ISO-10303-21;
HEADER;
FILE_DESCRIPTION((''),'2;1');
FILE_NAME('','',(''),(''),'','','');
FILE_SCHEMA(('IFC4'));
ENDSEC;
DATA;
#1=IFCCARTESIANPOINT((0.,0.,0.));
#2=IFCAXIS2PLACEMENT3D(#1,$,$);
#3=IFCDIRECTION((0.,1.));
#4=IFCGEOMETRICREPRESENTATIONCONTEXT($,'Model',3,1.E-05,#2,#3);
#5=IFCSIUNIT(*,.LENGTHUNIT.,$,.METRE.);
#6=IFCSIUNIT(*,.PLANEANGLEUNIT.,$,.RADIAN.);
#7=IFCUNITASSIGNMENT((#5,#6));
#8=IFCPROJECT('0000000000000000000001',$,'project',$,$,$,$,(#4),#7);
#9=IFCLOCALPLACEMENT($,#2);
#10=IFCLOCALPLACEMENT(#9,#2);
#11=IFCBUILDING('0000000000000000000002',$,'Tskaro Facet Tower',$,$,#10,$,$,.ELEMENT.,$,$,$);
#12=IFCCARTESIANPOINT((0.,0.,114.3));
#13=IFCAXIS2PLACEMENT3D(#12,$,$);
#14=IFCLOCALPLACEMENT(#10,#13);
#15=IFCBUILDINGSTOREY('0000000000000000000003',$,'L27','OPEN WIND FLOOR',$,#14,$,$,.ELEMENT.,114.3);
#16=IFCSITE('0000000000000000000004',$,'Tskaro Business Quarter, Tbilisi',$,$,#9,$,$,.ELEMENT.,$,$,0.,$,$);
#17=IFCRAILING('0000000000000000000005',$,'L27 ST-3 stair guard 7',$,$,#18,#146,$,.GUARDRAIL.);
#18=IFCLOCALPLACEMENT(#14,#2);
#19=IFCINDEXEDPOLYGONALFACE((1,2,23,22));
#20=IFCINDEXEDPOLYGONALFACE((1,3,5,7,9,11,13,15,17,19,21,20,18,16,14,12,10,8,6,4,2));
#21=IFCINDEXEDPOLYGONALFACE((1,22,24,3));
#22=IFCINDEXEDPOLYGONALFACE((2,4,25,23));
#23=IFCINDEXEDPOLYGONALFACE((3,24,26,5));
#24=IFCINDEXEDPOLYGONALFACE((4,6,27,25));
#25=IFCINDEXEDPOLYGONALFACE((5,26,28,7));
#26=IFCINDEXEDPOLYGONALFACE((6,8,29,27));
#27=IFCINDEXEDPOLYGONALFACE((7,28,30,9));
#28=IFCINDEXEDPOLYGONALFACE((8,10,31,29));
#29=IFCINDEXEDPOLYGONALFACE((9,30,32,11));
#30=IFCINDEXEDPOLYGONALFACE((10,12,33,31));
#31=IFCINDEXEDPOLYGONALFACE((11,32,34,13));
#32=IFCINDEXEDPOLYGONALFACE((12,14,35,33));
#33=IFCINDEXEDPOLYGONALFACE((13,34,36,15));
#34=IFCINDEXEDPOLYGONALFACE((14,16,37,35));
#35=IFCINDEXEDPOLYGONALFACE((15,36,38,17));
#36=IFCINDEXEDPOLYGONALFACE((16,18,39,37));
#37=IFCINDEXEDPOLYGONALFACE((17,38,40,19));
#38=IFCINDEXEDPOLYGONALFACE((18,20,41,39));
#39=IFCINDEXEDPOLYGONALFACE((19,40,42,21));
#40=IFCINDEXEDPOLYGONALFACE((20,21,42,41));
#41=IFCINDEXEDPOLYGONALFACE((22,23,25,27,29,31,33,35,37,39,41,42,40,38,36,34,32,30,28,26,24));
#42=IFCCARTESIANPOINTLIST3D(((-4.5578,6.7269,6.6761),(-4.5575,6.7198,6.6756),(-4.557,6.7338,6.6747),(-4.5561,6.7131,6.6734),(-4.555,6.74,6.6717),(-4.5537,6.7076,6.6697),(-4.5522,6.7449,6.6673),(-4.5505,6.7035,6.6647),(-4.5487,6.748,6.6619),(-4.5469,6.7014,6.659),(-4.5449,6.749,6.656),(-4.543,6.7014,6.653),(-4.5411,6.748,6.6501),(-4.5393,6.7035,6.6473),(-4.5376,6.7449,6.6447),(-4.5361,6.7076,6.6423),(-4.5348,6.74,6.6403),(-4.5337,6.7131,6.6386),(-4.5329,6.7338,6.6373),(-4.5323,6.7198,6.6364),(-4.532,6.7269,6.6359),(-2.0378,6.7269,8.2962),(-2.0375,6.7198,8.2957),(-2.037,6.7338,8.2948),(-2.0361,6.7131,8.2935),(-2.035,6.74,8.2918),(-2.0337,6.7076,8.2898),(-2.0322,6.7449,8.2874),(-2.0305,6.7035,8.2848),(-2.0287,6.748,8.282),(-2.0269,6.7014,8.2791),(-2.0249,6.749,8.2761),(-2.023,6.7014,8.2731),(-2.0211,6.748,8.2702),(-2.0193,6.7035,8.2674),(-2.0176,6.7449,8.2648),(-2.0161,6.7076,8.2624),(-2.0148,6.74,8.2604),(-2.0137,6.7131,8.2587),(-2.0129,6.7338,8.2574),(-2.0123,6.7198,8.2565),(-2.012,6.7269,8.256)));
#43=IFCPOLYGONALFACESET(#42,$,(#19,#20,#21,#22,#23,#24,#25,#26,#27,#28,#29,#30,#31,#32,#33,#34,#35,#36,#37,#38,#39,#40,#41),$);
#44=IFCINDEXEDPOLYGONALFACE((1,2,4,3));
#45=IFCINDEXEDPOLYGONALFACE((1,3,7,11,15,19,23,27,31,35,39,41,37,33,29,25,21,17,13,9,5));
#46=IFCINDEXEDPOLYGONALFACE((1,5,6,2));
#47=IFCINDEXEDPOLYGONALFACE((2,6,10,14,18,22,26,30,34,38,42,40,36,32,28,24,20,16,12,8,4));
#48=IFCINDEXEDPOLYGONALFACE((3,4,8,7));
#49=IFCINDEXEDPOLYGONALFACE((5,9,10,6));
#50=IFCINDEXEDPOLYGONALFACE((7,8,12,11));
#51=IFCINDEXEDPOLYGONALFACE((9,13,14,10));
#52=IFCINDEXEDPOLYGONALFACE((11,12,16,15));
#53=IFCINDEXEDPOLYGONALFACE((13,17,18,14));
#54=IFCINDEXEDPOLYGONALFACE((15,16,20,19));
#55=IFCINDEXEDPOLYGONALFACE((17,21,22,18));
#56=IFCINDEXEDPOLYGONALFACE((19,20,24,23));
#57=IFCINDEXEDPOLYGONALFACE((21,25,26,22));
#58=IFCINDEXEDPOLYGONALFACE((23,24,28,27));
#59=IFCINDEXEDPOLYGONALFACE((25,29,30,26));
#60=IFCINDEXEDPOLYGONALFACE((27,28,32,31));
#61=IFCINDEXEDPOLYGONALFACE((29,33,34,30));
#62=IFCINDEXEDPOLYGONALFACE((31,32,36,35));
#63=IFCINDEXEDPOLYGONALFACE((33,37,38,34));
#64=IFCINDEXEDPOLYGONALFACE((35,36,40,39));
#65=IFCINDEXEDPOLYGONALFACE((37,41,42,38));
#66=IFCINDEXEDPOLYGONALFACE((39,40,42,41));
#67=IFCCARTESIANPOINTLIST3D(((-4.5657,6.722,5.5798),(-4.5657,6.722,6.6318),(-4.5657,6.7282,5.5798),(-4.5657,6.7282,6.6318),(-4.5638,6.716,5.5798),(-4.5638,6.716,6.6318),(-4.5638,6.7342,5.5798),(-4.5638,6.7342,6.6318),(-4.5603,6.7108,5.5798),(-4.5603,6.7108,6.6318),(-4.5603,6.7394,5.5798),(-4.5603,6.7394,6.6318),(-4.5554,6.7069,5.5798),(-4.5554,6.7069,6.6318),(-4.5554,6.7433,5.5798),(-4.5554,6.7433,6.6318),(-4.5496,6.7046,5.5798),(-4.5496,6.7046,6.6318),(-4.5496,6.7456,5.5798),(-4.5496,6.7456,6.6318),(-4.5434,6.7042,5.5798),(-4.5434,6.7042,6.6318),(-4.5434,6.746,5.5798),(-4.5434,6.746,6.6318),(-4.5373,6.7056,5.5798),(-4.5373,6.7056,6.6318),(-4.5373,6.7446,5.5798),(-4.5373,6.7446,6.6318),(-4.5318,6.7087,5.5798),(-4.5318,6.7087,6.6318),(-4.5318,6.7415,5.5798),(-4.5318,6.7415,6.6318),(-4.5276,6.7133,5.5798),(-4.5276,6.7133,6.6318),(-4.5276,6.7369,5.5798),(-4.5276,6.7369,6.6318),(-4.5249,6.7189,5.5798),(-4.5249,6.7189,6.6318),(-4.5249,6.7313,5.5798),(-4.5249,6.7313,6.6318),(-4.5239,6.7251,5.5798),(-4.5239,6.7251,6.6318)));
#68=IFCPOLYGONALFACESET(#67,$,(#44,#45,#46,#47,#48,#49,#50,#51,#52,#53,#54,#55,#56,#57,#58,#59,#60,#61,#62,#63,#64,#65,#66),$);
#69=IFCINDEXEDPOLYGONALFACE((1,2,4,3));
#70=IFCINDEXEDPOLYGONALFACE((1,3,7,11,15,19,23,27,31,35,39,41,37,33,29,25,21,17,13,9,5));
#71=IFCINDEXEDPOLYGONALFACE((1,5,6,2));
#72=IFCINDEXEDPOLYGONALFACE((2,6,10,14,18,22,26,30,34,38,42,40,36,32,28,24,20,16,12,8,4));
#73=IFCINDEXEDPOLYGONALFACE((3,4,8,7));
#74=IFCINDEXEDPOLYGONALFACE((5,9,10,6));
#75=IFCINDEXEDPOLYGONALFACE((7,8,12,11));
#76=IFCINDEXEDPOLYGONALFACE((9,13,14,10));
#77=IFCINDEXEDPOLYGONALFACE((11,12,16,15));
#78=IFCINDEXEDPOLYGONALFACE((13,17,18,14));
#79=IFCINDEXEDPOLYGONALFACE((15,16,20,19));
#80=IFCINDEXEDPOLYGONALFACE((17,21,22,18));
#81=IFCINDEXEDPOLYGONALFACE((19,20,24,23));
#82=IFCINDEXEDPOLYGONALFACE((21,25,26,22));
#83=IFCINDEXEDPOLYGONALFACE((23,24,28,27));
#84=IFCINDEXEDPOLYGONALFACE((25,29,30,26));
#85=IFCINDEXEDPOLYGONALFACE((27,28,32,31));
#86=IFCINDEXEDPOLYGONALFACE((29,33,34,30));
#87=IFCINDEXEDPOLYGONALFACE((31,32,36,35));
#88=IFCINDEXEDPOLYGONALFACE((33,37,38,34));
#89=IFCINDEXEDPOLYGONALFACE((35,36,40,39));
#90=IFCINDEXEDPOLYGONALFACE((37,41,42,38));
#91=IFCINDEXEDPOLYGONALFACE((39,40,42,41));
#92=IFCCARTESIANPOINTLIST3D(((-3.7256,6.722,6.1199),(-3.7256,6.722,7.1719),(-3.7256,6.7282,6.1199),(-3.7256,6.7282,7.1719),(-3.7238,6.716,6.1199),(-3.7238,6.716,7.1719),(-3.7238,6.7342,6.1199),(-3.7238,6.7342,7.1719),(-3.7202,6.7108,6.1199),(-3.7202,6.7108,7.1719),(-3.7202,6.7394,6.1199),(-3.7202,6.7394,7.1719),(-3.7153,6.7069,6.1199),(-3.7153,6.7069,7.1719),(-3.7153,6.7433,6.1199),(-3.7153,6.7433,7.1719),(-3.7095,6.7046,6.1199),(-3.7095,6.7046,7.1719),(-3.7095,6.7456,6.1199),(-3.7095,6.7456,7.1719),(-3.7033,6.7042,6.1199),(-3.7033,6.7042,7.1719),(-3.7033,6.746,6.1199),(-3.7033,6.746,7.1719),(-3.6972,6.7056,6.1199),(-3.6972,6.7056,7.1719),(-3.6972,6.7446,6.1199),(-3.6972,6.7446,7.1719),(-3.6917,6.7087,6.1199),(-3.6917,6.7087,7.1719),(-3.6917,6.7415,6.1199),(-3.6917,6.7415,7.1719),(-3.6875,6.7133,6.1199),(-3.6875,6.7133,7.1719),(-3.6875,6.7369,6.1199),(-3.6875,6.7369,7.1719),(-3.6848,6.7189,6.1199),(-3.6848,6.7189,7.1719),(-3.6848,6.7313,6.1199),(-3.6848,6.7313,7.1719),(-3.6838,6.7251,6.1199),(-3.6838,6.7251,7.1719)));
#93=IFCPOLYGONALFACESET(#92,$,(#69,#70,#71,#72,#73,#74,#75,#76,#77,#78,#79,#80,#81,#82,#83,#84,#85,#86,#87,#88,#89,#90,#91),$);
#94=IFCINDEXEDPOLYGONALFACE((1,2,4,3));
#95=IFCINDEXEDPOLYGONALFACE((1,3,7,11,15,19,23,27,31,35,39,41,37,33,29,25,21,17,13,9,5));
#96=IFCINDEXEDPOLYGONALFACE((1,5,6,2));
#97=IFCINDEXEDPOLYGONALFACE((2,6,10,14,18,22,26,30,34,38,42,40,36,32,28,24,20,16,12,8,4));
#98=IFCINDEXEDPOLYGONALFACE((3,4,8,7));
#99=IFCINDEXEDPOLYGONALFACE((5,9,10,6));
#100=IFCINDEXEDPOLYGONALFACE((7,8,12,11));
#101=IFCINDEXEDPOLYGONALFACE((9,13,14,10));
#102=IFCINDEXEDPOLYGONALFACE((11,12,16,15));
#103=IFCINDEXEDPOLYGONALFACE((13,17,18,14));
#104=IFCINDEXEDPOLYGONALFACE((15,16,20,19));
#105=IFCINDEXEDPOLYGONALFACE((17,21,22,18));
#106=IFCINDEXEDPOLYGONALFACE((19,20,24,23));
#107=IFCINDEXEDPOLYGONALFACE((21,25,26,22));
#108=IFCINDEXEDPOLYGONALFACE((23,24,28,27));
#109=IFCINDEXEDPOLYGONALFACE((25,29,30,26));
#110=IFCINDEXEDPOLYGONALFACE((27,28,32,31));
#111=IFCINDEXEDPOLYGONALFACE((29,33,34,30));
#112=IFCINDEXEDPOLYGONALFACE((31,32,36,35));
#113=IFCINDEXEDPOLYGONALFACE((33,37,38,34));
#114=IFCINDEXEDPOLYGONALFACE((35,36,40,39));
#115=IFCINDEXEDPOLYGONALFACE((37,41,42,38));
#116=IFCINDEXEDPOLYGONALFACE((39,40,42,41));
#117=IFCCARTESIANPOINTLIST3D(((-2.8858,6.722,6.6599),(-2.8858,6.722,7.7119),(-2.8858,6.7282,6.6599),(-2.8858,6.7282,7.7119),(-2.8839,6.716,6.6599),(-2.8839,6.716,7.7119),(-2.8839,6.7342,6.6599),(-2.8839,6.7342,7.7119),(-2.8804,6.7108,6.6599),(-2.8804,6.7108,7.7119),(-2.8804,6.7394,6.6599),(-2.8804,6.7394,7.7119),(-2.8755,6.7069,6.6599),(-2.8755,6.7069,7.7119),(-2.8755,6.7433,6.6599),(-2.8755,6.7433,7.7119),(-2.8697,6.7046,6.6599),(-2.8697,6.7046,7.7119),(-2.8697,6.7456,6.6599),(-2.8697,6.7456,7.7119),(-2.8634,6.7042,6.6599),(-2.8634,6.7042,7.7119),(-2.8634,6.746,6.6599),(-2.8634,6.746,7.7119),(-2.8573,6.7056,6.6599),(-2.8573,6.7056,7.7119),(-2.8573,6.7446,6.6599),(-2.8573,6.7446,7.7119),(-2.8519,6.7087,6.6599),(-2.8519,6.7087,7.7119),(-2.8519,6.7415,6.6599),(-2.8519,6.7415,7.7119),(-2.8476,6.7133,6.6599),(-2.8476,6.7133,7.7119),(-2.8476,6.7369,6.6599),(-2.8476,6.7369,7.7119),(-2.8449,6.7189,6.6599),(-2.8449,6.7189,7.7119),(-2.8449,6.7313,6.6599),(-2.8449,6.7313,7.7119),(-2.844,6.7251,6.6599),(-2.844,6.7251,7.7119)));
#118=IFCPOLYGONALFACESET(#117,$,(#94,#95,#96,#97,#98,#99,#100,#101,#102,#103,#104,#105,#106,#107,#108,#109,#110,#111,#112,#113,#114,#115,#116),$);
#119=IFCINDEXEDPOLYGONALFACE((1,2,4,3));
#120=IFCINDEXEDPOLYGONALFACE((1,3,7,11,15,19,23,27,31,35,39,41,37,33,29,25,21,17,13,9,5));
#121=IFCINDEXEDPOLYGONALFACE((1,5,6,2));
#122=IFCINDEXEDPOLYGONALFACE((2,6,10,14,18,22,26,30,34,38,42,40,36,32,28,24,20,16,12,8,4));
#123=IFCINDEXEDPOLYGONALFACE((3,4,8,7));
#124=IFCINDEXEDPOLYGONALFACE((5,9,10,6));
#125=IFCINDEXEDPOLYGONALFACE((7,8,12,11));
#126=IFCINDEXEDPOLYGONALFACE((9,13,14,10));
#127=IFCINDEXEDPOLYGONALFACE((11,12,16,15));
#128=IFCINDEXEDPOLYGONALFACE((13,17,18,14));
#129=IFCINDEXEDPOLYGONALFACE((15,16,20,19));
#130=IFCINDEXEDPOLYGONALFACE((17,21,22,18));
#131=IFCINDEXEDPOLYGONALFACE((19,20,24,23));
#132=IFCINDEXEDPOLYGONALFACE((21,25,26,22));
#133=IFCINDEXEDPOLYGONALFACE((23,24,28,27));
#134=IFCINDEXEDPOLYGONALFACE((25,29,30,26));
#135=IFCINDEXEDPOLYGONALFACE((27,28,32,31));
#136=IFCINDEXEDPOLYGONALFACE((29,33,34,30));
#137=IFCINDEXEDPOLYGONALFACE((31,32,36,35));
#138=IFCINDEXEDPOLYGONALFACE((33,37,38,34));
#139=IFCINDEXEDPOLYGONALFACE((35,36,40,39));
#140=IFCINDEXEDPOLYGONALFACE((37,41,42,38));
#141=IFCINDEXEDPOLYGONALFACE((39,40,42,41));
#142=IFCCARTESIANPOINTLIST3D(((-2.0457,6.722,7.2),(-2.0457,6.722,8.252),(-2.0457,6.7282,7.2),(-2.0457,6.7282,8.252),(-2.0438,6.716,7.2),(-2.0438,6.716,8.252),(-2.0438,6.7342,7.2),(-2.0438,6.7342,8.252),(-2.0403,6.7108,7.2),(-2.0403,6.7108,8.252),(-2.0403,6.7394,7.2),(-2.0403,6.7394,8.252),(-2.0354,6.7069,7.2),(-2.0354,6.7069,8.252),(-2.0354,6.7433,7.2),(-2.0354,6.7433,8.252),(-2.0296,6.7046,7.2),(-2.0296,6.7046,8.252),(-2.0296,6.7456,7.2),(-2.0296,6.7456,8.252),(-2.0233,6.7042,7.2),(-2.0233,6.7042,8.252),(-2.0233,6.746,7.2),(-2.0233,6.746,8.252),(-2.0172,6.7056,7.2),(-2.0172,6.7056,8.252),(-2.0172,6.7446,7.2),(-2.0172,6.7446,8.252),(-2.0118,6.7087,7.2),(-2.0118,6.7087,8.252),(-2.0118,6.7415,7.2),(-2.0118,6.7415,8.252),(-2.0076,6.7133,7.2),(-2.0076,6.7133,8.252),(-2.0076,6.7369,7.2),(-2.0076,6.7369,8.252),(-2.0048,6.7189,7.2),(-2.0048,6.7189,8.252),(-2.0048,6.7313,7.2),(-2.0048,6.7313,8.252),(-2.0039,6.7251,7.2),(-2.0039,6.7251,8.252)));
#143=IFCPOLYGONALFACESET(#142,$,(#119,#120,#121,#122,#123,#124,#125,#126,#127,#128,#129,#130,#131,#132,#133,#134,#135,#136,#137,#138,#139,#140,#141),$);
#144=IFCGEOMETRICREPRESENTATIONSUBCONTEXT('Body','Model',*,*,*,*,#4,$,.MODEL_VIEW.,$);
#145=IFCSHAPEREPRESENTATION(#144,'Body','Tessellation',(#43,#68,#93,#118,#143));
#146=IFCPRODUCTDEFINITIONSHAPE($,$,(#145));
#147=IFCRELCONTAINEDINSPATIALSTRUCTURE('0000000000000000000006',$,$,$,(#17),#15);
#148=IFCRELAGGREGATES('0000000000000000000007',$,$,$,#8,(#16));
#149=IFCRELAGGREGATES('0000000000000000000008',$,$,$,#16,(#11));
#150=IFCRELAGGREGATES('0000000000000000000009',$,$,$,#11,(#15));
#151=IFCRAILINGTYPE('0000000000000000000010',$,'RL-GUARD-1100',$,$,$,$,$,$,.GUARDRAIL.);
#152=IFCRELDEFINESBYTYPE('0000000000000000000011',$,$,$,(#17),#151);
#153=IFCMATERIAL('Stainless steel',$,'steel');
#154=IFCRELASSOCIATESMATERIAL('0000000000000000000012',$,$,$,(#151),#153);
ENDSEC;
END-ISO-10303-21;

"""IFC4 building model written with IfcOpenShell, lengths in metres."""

from ifc_helpers import new_model, si_unit, direction, frame, origin, origin_2d, place, context, subcontext, project, spatial, circle, extrude, material, type_object, element, save


model = new_model("IFC4")

# Units and contexts
model_context = context("Model", 3, precision=1e-05, world=origin(), true_north=direction((0.0, 1.0)))
body_context = subcontext(model_context, "Body", "Model", "MODEL_VIEW")
ifc_project = project(units=[si_unit("LENGTHUNIT", "METRE"), si_unit("PLANEANGLEUNIT", "RADIAN")], contexts=[model_context])

# Site, building, storey
site_placement = place(None, origin())
site = spatial("IfcSite", under=ifc_project, at=site_placement, Name="Tskaro Business Quarter, Tbilisi", CompositionType="ELEMENT", RefElevation=0.0)
building_placement = place(site_placement, origin())
building = spatial("IfcBuilding", under=site, at=building_placement, Name="Tskaro Facet Tower", CompositionType="ELEMENT")
storey_placement = place(building_placement, frame((0.0, 0.0, 114.3)))
storey = spatial("IfcBuildingStorey", under=building, at=storey_placement, Name="L27", Description="OPEN WIND FLOOR", CompositionType="ELEMENT", Elevation=114.3)

# Railing
ifc_material_1 = material(Name="Stainless steel", Category="steel")
railing_type_1 = type_object("IfcRailingType", Name="RL-GUARD-1100", PredefinedType="GUARDRAIL", material=ifc_material_1)
railing_1_placement = place(storey_placement, frame((-4.5449, 6.7251, 5.5798)))
element("IfcRailing", 1, at=railing_1_placement, inside=storey, type_object=railing_type_1, Name="L27 ST-3 stair guard 7", PredefinedType="GUARDRAIL", context=body_context, shape_type="SweptSolid", body=[
    extrude(circle(Radius=0.0239, at=origin_2d()), frame((0.0, 0.0, 1.0762), z_axis=(0.841163, 0.0, 0.540782), x_axis=(0.0, 1.0, 0.0)), (0.0, 0.0, 1.0), 2.9958),
    extrude(circle(Radius=0.021, at=origin_2d()), origin(), (0.0, 0.0, 1.0), 1.052),
    extrude(circle(Radius=0.021, at=origin_2d()), frame((0.8401, 0.0, 0.54)), (0.0, 0.0, 1.0), 1.052),
    extrude(circle(Radius=0.021, at=origin_2d()), frame((1.6799, 0.0, 1.0801)), (0.0, 0.0, 1.0), 1.052),
    extrude(circle(Radius=0.021, at=origin_2d()), frame((2.52, 0.0, 1.6201)), (0.0, 0.0, 1.0), 1.052),
])

save(model, "model.ifc")
